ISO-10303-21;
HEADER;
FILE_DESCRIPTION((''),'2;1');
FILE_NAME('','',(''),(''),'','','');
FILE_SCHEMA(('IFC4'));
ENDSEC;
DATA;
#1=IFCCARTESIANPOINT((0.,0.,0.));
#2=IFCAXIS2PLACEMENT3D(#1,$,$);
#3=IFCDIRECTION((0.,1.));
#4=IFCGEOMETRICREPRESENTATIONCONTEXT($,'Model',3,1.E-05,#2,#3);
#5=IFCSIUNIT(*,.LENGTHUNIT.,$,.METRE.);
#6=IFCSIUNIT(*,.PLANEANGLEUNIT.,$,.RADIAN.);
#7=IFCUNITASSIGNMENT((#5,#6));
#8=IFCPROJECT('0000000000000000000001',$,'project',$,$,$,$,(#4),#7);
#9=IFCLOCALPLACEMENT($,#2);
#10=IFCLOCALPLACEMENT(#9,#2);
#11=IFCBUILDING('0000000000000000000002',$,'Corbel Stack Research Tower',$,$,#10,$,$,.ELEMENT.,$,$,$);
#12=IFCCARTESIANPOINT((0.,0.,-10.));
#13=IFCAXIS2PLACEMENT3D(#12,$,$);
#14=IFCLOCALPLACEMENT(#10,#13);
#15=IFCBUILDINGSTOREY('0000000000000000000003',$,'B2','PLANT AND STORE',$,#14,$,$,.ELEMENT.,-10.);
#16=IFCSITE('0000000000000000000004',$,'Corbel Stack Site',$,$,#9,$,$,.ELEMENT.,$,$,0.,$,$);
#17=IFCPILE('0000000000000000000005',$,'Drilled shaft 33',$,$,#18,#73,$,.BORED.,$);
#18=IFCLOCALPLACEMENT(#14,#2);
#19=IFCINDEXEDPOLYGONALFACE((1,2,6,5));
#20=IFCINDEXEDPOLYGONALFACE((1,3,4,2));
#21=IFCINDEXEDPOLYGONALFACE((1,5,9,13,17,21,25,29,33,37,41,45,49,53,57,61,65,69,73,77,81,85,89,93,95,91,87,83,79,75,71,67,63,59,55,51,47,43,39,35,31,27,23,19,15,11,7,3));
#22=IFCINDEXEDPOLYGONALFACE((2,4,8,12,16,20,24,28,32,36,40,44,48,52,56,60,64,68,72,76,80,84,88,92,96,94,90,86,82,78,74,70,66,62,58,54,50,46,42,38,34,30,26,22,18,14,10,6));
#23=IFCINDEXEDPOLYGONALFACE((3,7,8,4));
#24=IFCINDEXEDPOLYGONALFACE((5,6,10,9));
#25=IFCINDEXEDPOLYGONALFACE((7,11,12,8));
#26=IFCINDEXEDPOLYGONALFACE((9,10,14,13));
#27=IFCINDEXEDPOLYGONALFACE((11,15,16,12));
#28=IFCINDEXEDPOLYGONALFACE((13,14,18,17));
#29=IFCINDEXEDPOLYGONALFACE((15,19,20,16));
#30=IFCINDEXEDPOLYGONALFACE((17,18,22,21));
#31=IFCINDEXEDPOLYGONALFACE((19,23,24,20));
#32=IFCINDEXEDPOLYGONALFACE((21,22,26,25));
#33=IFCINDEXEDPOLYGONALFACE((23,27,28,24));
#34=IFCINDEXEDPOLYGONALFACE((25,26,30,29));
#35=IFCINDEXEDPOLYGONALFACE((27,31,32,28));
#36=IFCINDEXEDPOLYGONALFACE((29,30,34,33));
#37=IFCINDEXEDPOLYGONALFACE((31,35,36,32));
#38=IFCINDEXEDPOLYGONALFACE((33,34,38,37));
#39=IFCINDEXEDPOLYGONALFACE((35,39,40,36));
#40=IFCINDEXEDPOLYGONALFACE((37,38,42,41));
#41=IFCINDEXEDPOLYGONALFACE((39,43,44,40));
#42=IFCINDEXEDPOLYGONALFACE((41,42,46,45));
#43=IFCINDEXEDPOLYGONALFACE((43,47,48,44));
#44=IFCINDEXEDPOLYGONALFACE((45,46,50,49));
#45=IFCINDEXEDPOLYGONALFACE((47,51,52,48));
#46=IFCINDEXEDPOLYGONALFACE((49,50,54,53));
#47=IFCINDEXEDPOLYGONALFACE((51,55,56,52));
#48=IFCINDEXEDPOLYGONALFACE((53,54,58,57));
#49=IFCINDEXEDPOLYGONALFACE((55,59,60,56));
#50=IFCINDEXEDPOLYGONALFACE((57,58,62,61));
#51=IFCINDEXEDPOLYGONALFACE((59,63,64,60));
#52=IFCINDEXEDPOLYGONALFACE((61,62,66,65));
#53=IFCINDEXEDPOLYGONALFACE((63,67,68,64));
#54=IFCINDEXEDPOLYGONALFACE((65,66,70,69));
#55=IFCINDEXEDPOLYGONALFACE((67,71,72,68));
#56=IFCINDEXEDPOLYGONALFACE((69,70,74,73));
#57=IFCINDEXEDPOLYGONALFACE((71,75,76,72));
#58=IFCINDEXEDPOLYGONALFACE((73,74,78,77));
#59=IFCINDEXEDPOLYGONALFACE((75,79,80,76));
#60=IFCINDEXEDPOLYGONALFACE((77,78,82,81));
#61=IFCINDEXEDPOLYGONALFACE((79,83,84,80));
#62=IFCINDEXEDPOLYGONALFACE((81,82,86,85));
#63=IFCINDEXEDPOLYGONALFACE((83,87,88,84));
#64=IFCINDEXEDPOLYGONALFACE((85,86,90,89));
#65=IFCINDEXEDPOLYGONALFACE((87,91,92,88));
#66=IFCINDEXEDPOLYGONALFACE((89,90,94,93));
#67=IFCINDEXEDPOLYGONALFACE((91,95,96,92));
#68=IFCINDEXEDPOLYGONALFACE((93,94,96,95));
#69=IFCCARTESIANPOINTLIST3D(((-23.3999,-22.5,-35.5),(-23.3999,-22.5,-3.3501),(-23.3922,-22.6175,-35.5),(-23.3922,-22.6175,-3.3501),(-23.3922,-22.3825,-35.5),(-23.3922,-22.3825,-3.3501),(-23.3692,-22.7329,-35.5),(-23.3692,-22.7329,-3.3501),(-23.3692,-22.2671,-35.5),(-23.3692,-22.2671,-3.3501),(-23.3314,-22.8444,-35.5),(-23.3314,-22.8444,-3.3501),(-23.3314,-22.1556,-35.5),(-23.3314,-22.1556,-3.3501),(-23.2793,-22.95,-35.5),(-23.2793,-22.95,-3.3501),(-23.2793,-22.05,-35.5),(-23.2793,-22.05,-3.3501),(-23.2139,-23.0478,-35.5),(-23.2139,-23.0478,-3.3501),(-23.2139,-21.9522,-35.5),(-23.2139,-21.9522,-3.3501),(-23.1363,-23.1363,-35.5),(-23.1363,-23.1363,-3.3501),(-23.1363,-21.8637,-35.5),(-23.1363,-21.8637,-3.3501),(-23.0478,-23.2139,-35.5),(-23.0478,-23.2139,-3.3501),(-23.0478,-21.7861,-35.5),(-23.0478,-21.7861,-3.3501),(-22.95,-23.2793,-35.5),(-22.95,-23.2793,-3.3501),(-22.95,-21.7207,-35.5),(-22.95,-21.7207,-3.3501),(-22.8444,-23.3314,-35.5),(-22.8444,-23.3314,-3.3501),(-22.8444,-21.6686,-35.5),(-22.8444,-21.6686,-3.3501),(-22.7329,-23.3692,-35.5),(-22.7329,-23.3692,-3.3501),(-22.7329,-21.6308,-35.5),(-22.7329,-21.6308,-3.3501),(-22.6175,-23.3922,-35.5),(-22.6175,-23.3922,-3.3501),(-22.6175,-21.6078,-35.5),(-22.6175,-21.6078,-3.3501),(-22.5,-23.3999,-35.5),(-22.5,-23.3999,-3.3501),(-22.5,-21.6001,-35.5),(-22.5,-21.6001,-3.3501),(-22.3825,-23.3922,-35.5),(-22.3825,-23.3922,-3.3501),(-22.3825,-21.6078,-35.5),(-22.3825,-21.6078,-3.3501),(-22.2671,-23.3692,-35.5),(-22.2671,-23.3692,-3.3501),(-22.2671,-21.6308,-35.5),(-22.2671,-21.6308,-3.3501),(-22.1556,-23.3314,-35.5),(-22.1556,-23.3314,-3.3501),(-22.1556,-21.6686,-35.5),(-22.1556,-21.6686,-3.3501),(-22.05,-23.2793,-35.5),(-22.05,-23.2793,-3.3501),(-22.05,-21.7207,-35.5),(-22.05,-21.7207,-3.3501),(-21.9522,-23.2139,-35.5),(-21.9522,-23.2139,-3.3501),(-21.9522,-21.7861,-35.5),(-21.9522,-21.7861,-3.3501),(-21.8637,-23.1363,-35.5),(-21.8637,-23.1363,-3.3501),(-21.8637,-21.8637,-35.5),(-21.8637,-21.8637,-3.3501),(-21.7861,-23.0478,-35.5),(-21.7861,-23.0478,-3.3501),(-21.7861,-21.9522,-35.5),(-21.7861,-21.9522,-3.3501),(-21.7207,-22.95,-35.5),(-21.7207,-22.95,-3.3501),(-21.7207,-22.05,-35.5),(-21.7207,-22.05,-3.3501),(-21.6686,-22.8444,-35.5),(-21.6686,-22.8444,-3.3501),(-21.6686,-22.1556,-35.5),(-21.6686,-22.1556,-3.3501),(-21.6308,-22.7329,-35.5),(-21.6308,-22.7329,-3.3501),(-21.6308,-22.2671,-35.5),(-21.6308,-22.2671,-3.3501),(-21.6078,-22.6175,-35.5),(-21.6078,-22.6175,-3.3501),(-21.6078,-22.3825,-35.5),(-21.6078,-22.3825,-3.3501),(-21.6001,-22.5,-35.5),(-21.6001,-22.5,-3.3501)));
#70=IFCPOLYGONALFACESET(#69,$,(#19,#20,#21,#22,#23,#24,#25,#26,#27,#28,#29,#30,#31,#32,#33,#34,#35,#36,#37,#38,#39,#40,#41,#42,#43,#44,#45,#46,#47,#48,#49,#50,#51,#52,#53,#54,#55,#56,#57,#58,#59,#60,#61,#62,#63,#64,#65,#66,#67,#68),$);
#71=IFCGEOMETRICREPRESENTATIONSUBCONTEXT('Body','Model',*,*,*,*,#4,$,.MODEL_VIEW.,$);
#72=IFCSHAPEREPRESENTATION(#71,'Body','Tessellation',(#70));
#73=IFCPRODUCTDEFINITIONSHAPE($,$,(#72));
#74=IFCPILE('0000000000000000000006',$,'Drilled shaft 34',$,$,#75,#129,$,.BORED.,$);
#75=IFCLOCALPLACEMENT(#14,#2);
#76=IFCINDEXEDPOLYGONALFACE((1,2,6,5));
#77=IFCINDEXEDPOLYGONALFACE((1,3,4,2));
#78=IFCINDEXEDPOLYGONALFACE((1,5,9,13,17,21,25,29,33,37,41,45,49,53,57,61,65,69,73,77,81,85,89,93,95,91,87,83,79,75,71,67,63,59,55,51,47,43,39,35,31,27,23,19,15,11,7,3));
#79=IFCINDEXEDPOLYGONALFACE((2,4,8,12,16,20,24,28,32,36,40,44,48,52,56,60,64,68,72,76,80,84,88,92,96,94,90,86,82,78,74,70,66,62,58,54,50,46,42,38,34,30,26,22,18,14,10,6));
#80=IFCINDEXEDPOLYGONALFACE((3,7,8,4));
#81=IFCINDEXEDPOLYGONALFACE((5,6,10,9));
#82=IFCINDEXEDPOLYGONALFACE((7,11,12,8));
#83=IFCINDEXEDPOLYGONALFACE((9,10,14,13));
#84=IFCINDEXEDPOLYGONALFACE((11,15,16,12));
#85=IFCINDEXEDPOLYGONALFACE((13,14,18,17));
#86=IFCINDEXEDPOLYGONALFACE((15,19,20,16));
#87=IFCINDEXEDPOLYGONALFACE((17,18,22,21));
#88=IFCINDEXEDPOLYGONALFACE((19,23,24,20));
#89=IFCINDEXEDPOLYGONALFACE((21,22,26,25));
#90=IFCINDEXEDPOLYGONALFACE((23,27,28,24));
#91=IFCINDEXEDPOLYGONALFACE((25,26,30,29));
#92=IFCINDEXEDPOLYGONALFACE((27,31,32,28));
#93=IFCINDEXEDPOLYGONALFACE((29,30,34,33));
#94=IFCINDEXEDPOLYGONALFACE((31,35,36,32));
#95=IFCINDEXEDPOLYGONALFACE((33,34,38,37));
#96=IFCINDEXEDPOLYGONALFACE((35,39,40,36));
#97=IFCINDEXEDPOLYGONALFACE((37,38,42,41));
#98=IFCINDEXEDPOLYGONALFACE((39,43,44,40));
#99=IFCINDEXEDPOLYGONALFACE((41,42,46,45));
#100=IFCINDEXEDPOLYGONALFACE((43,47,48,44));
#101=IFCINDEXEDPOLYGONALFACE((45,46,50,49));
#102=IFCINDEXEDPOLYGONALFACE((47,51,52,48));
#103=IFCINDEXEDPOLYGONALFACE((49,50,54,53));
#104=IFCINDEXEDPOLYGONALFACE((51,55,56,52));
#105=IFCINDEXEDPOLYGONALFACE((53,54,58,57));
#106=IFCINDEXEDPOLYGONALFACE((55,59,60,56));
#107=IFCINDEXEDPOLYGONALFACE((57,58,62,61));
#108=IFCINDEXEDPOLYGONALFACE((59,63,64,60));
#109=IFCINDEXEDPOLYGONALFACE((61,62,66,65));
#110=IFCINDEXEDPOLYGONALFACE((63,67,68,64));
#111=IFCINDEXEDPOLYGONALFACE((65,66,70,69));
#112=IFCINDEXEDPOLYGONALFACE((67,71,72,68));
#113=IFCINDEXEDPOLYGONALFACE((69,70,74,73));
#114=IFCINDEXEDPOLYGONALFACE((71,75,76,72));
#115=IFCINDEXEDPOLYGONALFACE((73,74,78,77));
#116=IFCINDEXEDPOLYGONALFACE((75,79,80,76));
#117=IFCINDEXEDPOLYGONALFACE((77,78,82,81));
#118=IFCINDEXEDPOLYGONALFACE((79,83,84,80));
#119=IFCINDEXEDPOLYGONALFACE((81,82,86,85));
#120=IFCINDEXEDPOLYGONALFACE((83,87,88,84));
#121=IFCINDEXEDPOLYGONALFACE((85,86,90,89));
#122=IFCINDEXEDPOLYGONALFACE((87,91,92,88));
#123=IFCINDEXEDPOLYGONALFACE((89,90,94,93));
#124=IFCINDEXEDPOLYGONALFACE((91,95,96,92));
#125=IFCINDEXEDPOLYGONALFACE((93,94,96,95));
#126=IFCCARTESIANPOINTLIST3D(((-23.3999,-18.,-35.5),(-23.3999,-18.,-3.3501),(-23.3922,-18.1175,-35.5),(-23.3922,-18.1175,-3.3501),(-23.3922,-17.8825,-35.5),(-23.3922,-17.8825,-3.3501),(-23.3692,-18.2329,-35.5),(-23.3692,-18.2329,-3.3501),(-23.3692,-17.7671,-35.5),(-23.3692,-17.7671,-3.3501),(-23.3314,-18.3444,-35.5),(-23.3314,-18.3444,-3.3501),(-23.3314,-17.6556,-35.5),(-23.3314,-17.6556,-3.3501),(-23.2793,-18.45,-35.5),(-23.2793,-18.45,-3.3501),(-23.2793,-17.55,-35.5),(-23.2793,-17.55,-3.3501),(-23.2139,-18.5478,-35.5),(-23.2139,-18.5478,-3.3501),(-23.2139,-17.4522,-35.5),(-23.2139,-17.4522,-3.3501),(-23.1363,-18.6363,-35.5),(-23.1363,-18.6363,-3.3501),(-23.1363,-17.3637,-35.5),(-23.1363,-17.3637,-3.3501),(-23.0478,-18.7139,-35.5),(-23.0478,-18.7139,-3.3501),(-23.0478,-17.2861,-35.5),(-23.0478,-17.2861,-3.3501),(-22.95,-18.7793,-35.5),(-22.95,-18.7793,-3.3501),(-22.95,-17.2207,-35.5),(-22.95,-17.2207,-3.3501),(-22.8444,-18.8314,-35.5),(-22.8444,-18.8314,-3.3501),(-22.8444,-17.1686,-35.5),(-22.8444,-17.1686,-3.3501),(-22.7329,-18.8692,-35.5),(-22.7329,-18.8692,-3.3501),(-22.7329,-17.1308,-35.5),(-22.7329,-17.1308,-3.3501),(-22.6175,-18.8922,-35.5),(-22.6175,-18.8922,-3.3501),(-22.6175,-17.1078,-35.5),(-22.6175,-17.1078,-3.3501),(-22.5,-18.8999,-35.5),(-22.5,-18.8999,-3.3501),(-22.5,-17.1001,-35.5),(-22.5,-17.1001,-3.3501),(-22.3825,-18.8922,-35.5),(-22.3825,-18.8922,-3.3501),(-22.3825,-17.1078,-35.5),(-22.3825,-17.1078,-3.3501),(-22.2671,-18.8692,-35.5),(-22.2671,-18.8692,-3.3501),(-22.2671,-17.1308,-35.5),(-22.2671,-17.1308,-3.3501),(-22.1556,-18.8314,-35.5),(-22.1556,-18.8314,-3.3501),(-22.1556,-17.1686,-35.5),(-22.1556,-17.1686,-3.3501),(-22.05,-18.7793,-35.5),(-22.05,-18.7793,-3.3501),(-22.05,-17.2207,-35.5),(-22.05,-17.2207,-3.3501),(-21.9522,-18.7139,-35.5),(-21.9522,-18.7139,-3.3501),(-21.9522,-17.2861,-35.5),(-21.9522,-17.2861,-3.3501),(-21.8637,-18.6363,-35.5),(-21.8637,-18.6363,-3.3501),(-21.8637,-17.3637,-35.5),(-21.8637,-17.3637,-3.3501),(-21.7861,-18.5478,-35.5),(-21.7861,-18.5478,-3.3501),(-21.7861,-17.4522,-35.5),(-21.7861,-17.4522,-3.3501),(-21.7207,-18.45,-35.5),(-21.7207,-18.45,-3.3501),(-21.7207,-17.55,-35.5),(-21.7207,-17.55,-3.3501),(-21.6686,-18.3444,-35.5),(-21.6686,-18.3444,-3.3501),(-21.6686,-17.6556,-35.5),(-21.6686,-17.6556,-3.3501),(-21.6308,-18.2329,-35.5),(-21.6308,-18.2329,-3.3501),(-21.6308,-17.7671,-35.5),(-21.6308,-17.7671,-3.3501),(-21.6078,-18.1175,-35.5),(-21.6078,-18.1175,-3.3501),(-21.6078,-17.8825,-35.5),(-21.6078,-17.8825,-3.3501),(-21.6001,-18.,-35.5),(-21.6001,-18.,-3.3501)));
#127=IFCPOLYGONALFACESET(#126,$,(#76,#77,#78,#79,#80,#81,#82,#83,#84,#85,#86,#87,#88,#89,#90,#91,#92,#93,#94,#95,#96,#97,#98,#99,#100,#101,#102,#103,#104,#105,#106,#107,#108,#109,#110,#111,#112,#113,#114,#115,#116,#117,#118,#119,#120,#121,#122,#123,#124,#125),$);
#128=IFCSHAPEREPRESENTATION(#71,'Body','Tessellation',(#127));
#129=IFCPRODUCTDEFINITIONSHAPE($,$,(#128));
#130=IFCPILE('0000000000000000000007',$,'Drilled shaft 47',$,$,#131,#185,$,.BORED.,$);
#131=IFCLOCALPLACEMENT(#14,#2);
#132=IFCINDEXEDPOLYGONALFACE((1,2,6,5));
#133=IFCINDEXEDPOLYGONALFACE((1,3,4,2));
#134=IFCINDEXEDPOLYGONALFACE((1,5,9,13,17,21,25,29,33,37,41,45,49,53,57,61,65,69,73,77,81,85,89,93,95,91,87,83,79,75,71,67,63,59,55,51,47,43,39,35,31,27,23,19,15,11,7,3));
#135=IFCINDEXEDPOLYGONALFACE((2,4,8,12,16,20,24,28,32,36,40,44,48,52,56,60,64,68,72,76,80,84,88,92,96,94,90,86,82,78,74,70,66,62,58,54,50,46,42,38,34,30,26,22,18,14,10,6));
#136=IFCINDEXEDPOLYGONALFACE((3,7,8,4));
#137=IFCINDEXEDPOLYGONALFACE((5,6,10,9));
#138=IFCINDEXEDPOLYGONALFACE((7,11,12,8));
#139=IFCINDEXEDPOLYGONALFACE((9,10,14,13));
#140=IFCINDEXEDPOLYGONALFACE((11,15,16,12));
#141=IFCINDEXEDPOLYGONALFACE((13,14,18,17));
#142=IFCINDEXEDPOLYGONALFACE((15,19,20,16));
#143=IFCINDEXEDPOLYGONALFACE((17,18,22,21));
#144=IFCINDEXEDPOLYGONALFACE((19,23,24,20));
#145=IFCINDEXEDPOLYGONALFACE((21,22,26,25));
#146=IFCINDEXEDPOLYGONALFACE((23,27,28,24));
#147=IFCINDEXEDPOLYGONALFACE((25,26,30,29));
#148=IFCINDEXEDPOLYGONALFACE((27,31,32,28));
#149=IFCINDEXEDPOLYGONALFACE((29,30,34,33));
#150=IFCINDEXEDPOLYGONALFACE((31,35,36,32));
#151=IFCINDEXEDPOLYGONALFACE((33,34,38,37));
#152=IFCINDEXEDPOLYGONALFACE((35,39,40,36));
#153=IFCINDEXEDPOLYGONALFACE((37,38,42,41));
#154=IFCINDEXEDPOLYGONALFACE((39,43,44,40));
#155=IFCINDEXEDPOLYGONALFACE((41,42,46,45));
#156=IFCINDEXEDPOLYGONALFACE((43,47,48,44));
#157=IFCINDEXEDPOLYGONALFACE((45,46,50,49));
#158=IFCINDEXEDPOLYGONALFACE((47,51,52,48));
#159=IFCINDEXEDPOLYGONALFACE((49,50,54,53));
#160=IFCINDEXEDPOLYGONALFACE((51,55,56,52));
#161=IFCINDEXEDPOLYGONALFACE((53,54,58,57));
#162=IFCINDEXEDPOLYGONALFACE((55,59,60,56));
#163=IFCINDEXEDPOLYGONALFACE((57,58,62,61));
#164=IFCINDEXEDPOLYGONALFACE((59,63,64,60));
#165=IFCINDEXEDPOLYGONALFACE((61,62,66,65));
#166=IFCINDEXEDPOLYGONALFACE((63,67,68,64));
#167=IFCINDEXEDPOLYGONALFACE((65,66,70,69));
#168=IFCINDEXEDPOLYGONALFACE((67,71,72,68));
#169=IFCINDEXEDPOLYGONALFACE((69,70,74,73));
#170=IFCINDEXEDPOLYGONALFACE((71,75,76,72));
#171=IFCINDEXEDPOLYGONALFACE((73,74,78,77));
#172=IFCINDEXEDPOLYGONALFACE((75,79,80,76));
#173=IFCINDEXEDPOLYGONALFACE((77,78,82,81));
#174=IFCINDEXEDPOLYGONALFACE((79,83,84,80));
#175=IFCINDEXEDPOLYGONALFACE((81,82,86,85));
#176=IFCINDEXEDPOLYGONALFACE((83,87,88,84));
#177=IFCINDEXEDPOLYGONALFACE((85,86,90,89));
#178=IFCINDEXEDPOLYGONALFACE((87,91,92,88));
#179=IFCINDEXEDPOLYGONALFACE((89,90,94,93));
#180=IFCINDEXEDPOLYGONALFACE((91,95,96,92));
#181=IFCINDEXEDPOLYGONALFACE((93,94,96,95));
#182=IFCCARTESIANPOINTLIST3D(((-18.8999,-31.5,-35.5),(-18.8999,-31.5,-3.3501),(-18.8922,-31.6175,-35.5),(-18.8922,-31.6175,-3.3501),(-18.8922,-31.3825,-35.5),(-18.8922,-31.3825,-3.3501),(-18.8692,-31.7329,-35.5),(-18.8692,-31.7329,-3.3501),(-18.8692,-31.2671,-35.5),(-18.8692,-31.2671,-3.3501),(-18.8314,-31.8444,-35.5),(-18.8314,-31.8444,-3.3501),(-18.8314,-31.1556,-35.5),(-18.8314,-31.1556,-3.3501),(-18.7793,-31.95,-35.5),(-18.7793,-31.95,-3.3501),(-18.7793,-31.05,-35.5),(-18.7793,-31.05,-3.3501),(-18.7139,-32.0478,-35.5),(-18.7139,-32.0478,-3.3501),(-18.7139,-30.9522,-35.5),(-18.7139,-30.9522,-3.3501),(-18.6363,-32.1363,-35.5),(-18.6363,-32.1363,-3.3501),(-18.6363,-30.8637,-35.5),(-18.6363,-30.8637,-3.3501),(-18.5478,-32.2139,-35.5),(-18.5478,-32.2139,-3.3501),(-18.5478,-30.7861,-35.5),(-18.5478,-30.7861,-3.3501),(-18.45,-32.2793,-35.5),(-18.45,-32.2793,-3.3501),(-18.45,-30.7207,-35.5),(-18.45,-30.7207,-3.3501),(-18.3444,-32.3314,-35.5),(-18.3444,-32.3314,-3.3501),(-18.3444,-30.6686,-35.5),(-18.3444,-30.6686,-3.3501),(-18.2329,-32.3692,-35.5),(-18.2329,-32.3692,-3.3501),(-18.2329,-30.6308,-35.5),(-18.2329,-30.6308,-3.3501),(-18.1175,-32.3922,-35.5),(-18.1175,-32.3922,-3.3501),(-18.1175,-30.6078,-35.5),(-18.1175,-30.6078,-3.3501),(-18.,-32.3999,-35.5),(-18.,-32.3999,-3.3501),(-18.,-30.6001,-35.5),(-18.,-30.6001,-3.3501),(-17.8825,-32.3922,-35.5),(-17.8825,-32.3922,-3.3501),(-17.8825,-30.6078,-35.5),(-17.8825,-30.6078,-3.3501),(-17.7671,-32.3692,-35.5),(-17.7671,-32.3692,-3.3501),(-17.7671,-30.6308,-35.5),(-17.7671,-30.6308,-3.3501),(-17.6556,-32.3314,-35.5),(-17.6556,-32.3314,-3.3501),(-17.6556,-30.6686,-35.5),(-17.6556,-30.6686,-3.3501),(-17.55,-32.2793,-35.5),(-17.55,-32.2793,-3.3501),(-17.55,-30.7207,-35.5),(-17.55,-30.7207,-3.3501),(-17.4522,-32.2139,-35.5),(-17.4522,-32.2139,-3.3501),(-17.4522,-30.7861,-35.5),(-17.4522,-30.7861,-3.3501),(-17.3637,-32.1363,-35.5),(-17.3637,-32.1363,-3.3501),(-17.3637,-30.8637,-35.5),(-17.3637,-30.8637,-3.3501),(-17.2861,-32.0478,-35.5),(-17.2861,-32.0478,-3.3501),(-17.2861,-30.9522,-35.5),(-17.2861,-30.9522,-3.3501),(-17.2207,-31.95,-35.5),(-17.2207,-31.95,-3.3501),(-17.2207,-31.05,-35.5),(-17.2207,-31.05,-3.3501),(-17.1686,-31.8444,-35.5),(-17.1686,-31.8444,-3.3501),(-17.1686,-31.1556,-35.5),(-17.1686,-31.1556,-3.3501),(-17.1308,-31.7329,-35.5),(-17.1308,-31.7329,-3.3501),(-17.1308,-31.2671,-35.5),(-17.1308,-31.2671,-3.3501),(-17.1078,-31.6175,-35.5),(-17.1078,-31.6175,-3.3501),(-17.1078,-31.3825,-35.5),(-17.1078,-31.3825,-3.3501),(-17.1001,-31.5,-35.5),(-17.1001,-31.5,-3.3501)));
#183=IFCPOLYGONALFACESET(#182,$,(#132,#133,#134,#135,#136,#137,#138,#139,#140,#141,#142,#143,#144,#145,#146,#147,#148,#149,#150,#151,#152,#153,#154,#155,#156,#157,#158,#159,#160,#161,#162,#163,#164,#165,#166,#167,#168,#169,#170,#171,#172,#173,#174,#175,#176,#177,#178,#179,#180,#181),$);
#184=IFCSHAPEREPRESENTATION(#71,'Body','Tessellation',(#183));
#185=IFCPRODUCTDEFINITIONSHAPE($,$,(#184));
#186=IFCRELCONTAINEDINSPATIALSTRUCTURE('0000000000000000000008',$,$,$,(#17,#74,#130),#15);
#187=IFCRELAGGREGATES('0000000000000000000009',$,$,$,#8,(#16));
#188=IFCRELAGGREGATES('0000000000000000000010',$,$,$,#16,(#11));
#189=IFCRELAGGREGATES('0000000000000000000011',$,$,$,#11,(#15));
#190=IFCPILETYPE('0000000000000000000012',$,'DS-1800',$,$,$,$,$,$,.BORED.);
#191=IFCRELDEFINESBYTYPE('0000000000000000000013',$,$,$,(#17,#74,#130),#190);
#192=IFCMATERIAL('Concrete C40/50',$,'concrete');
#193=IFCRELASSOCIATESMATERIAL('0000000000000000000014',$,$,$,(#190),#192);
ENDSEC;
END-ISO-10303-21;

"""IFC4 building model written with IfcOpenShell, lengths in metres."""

from ifc_helpers import new_model, si_unit, direction, frame, origin, origin_2d, place, context, subcontext, project, spatial, circle, extrude, material, material_profile, profile_set, type_object, element, save


model = new_model("IFC4")

# Units and contexts
model_context = context("Model", 3, precision=1e-05, world=origin(), true_north=direction((0.0, 1.0)))
body_context = subcontext(model_context, "Body", "Model", "MODEL_VIEW")
ifc_project = project(units=[si_unit("LENGTHUNIT", "METRE"), si_unit("PLANEANGLEUNIT", "RADIAN")], contexts=[model_context])

# Site, building, storey
site_placement = place(None, origin())
site = spatial("IfcSite", under=ifc_project, at=site_placement, Name="Corbel Stack Site", CompositionType="ELEMENT", RefElevation=0.0)
building_placement = place(site_placement, origin())
building = spatial("IfcBuilding", under=site, at=building_placement, Name="Corbel Stack Research Tower", CompositionType="ELEMENT")
storey_placement = place(building_placement, frame((0.0, 0.0, -10.0)))
storey = spatial("IfcBuildingStorey", under=building, at=storey_placement, Name="B2", Description="PLANT AND STORE", CompositionType="ELEMENT", Elevation=-10.0)

# Piles
ifc_material_1 = material(Name="Concrete C40/50", Category="concrete")
ifc_material_profile_1 = material_profile(ifc_material_1, circle(Radius=0.8999, at=origin_2d()), Name="Shaft 1800")
ifc_profile_set_1 = profile_set([ifc_material_profile_1], Name="Concrete C40/50")
pile_type = type_object("IfcPileType", Name="DS-1800", PredefinedType="BORED", material=ifc_profile_set_1)
for number, where, z_axis, x_axis, name in (
    (1, (-22.5, -22.5, -3.3501), (0.0, 0.0, -1.0), (1.0, 0.0, 0.0), "Drilled shaft 33"),
    (2, (-22.5, -18.0, -3.3501), (0.0, 0.0, -1.0), (1.0, 0.0, 0.0), "Drilled shaft 34"),
    (3, (-18.0, -31.5, -3.3501), (0.0, 0.0, -1.0), (1.0, 0.0, 0.0), "Drilled shaft 47"),
):
    element("IfcPile", number, at=place(storey_placement, frame(where, z_axis=z_axis, x_axis=x_axis)), inside=storey, type_object=pile_type, Name=name, PredefinedType="BORED", context=body_context, shape_type="SweptSolid", body=[
        extrude(circle(Radius=0.8999, at=origin_2d()), origin(), (0.0, 0.0, 1.0), 32.1499),
    ])

save(model, "model.ifc")
